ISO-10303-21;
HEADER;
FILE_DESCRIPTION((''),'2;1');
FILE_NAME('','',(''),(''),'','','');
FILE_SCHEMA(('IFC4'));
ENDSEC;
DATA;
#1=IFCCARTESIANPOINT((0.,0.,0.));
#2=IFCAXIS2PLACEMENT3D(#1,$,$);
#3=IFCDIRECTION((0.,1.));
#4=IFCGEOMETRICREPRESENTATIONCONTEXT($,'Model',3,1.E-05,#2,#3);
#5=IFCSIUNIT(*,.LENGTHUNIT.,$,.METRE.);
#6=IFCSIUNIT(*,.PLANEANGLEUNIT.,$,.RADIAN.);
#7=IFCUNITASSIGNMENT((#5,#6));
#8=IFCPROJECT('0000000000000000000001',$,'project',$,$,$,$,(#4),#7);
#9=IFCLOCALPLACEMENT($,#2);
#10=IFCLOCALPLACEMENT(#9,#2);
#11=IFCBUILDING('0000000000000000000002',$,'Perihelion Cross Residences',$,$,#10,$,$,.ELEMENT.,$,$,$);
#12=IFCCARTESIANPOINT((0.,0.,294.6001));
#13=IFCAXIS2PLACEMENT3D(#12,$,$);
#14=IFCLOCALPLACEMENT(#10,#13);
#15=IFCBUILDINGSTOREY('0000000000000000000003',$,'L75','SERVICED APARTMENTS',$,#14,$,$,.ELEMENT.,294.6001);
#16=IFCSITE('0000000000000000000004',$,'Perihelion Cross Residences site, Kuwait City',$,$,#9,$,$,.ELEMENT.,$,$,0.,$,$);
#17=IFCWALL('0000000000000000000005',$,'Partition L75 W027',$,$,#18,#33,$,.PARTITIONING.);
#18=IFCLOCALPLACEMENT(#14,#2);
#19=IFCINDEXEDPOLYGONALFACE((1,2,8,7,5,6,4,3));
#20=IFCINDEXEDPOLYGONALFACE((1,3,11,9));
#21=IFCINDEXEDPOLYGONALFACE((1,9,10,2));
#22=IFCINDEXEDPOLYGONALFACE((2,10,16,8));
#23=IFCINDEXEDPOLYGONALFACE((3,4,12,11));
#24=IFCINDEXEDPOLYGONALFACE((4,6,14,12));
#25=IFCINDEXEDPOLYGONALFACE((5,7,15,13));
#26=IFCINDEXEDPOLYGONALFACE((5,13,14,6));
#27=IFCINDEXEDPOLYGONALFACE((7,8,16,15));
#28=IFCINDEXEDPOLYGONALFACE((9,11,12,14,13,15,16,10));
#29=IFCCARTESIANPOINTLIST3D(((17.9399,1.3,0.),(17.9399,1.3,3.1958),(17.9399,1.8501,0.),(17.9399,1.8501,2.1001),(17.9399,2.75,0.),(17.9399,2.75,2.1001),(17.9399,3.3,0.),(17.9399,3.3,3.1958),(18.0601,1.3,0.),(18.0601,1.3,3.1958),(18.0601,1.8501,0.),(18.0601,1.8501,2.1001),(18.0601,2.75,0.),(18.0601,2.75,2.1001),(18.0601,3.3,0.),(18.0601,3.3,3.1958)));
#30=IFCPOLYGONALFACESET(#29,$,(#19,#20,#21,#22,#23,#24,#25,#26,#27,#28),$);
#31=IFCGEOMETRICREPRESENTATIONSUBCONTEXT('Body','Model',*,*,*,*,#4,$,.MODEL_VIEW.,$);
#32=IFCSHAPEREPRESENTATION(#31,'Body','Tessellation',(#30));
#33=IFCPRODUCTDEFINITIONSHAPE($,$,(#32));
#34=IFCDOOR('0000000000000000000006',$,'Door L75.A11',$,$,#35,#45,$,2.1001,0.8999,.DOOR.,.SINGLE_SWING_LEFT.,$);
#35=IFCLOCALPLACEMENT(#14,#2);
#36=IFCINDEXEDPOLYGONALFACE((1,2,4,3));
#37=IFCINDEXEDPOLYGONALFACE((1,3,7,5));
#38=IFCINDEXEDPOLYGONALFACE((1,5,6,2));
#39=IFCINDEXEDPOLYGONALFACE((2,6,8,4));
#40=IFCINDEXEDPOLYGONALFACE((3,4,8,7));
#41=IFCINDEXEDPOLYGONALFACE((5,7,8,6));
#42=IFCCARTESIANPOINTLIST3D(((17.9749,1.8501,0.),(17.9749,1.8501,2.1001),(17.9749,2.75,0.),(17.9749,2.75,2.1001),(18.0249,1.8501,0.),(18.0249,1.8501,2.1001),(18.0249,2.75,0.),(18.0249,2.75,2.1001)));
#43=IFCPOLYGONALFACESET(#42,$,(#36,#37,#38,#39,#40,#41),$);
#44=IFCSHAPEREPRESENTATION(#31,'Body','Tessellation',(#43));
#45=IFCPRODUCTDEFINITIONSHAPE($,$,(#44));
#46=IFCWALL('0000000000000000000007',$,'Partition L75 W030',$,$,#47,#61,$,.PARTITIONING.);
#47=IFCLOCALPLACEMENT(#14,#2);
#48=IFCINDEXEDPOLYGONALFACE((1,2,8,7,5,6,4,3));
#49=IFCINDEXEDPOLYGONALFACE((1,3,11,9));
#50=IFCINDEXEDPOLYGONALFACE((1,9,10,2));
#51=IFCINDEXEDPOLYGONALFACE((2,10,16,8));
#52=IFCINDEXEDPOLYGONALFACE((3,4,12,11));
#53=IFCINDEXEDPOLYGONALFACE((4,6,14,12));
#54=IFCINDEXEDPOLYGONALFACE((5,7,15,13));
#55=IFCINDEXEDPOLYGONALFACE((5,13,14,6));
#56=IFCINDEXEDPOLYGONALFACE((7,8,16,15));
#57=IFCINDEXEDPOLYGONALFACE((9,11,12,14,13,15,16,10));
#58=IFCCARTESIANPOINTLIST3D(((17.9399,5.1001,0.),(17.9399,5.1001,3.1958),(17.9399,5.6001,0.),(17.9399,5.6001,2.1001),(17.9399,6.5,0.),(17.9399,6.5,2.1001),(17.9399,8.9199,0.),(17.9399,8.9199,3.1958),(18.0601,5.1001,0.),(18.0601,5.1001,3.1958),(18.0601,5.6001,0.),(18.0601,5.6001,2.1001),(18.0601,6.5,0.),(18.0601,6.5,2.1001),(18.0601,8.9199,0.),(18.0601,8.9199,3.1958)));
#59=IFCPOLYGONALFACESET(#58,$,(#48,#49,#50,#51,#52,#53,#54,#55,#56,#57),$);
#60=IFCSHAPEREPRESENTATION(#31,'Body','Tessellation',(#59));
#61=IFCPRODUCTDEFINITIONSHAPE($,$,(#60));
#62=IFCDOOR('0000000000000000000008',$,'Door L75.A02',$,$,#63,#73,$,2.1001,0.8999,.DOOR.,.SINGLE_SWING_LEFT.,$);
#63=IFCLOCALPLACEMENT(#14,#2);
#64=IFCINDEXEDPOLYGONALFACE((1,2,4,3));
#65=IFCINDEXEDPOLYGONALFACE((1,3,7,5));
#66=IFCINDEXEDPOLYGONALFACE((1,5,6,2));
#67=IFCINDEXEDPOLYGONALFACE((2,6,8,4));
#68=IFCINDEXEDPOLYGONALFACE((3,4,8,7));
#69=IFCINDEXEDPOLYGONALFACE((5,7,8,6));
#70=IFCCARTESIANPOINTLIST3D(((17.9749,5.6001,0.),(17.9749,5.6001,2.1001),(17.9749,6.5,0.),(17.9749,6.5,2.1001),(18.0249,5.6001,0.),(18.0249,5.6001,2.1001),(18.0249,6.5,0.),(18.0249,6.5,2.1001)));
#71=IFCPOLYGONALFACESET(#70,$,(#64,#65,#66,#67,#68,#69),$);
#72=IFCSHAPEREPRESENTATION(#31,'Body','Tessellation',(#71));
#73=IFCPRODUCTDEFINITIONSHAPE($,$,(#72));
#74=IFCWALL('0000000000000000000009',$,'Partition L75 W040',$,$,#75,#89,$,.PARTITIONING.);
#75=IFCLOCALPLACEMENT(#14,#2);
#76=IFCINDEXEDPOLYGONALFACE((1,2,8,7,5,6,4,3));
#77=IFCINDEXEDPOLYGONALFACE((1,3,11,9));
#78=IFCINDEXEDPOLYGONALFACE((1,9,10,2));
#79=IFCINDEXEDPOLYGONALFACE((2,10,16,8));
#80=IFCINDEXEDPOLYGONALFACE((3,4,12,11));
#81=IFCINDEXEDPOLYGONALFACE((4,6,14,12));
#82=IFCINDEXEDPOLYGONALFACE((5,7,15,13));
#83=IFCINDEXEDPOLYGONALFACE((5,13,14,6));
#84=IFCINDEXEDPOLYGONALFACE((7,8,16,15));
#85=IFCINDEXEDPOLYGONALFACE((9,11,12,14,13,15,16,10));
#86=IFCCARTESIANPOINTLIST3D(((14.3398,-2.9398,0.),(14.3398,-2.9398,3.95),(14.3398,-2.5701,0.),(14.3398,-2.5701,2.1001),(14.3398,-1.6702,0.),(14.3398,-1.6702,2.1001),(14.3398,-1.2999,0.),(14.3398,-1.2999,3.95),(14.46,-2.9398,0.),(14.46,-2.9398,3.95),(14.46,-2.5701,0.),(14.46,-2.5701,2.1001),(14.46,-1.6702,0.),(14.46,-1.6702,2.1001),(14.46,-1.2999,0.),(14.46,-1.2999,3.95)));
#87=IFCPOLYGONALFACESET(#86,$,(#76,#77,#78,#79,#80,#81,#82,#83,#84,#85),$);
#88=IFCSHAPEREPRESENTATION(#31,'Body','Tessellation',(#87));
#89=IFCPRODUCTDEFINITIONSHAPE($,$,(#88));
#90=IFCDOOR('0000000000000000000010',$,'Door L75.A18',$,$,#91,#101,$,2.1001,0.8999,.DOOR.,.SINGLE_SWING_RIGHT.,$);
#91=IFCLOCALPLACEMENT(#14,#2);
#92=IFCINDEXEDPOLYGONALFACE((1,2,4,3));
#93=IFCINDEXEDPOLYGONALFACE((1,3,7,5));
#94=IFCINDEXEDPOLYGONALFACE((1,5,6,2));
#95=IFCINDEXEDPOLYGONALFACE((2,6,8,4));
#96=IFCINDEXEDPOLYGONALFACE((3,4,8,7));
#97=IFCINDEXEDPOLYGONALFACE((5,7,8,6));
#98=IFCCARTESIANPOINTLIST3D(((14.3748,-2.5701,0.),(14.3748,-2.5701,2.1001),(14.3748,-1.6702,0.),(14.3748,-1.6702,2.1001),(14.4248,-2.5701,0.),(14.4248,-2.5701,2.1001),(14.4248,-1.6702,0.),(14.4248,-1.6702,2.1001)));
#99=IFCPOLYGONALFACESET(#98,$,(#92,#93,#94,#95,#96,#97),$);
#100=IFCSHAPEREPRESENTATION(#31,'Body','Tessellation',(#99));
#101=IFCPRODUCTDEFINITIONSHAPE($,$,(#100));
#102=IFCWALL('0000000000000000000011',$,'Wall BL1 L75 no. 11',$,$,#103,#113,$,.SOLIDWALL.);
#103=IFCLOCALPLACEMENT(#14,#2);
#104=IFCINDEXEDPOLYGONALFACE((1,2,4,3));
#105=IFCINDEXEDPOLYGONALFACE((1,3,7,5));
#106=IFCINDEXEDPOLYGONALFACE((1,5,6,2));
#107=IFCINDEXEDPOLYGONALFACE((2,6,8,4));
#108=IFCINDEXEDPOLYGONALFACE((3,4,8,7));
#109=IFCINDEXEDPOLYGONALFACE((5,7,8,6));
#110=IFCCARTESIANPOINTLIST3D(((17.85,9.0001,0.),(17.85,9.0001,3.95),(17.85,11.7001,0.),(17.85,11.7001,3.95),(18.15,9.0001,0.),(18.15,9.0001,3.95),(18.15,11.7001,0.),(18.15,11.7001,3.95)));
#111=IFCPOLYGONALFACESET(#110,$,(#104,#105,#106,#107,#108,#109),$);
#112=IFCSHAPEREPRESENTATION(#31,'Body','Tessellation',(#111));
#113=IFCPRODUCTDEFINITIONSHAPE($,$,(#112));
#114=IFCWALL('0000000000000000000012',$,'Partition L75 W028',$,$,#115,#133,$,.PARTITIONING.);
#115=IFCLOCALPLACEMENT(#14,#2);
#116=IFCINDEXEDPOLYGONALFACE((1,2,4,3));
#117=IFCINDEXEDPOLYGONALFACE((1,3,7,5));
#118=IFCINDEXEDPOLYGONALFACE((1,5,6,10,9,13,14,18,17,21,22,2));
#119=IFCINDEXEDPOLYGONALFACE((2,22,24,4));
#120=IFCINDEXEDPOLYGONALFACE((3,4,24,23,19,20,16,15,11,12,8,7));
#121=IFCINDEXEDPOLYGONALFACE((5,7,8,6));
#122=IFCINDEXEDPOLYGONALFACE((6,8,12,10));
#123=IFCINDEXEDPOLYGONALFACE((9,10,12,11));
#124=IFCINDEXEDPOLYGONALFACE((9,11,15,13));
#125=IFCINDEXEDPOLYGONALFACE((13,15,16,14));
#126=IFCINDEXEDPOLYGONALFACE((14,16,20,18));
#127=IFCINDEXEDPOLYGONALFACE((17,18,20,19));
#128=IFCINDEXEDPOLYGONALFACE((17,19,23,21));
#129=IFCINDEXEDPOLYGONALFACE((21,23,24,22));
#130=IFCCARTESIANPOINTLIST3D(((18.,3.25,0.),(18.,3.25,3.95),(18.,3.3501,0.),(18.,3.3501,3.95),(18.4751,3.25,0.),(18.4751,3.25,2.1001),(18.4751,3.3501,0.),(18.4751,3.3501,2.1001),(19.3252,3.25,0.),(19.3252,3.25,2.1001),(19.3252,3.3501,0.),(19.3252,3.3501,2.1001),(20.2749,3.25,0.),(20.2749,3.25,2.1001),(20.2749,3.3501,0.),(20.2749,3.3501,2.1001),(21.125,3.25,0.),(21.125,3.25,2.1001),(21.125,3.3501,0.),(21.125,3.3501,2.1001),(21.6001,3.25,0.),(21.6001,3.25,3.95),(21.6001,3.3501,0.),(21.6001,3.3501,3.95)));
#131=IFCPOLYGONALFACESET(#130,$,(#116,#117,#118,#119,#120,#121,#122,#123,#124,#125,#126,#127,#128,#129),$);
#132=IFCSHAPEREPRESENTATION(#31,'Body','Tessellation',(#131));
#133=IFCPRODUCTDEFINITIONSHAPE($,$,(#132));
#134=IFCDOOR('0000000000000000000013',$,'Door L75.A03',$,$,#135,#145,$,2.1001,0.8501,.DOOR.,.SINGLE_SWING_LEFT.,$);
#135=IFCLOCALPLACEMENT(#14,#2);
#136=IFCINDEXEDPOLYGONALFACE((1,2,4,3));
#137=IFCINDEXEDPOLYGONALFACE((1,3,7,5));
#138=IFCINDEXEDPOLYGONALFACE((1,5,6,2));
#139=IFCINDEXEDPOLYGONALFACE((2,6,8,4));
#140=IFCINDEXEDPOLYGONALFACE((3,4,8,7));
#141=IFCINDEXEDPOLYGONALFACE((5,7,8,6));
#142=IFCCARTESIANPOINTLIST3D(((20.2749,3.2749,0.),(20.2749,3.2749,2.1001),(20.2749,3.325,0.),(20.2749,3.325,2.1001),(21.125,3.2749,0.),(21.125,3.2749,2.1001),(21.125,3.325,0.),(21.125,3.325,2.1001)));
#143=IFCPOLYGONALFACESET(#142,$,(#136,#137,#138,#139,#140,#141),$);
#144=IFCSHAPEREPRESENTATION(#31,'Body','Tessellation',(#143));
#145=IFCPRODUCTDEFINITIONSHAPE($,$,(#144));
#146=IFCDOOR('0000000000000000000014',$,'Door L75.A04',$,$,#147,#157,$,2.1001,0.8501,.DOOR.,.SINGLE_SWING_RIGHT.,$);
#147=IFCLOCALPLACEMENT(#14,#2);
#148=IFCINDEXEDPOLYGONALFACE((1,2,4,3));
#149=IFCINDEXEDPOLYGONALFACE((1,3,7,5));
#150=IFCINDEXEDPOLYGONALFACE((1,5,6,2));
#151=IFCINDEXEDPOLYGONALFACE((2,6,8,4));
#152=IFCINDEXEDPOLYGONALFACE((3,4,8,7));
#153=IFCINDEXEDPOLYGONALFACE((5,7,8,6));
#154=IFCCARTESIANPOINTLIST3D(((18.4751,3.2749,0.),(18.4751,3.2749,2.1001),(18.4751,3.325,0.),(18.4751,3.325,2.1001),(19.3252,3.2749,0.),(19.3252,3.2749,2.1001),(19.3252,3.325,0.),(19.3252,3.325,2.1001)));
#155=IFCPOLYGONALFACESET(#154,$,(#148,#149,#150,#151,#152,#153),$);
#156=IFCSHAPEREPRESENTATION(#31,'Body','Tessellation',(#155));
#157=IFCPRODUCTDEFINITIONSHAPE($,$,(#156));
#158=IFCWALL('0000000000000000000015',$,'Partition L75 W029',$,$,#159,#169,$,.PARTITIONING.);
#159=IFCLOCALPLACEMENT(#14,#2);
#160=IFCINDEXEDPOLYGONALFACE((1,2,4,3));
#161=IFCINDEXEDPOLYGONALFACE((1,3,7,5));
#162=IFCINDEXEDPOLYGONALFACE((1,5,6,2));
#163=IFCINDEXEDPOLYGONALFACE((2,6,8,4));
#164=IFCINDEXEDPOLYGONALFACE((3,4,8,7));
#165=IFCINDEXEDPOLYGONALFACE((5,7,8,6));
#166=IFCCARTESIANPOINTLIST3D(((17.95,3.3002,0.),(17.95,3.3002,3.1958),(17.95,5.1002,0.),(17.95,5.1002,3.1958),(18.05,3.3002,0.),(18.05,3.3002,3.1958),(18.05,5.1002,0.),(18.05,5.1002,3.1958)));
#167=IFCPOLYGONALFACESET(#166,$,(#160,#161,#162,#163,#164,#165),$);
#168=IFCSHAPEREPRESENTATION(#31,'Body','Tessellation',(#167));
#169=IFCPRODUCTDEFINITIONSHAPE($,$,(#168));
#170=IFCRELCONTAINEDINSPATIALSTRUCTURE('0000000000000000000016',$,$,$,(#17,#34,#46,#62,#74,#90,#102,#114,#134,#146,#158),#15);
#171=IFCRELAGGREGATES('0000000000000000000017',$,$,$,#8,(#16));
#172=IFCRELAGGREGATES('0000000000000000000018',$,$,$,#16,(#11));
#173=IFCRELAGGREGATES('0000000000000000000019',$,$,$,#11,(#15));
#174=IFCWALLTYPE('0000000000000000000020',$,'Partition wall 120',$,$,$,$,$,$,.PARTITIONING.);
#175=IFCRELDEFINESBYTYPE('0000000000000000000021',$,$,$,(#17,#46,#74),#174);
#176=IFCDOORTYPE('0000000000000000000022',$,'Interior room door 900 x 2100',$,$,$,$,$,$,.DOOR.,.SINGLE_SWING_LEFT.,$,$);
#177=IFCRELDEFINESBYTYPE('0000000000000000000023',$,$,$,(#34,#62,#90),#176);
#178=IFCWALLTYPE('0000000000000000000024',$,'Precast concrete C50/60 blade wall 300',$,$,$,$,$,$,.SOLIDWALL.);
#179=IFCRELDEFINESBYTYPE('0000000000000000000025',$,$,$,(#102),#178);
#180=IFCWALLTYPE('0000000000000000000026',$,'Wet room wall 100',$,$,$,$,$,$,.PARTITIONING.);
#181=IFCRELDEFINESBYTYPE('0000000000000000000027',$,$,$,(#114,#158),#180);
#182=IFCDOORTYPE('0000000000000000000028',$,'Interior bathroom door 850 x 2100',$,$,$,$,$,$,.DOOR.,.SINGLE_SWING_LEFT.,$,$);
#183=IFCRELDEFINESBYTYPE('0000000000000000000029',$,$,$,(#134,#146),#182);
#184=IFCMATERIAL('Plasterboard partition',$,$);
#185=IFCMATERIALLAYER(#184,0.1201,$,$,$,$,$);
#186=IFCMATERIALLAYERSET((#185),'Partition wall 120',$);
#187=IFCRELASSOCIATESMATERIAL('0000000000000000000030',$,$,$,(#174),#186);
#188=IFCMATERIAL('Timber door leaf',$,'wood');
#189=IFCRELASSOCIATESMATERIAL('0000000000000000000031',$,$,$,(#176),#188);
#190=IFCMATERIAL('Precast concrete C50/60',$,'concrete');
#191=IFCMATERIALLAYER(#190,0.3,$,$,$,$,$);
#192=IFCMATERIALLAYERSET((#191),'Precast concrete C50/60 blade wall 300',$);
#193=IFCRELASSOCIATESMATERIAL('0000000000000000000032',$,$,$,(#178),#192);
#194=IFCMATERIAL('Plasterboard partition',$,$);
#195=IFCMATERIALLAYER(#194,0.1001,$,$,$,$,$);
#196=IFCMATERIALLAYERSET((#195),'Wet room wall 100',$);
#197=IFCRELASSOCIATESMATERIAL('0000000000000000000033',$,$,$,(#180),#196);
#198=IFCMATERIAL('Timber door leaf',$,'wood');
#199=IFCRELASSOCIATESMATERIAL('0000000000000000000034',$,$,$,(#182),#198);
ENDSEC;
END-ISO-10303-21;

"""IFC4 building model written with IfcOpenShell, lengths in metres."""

from ifc_helpers import new_model, si_unit, direction, frame, frame_2d, origin, place, context, subcontext, project, spatial, rectangle, extrude, material, layer, layer_set, type_object, element, fill, save


model = new_model("IFC4")

# Units and contexts
model_context = context("Model", 3, precision=1e-05, world=origin(), true_north=direction((0.0, 1.0)))
body_context = subcontext(model_context, "Body", "Model", "MODEL_VIEW")
ifc_project = project(units=[si_unit("LENGTHUNIT", "METRE"), si_unit("PLANEANGLEUNIT", "RADIAN")], contexts=[model_context])

# Site, building, storey
site_placement = place(None, origin())
site = spatial("IfcSite", under=ifc_project, at=site_placement, Name="Perihelion Cross Residences site, Kuwait City", CompositionType="ELEMENT", RefElevation=0.0)
building_placement = place(site_placement, origin())
building = spatial("IfcBuilding", under=site, at=building_placement, Name="Perihelion Cross Residences", CompositionType="ELEMENT")
storey_placement = place(building_placement, frame((0.0, 0.0, 294.6001)))
storey = spatial("IfcBuildingStorey", under=building, at=storey_placement, Name="L75", Description="SERVICED APARTMENTS", CompositionType="ELEMENT", Elevation=294.6001)

# Walls, openings, doors
ifc_material_1 = material(Name="Plasterboard partition")
ifc_layer_1 = layer(ifc_material_1, 0.1201)
ifc_layer_set_1 = layer_set([ifc_layer_1], Name="Partition wall 120")
wall_type_1 = type_object("IfcWallType", Name="Partition wall 120", PredefinedType="PARTITIONING", material=ifc_layer_set_1)
ifc_material_2 = material(Name="Timber door leaf", Category="wood")
door_type_1 = type_object("IfcDoorType", Name="Interior room door 900 x 2100", OperationType="SINGLE_SWING_LEFT", PredefinedType="DOOR", material=ifc_material_2)
wall_1_placement = place(storey_placement, frame((18.0, 3.3, 0.0), z_axis=(0.0, 0.0, 1.0), x_axis=(0.0, -1.0, 0.0)))
wall_1 = element("IfcWall", 1, at=wall_1_placement, inside=storey, type_object=wall_type_1, Name="Partition L75 W027", PredefinedType="PARTITIONING", context=body_context, shape_type="SweptSolid", body=[
    extrude(rectangle(XDim=2.0, YDim=0.1201, at=frame_2d((1.0, 0.0))), origin(), (0.0, 0.0, 1.0), 3.1958),
])
opening_1_placement = place(wall_1_placement, frame((0.55, 0.0, 0.0)))
opening_1 = element("IfcOpeningElement", 2, at=opening_1_placement, cuts=wall_1, PredefinedType="OPENING", context=body_context, shape_type="SweptSolid", body=[
    extrude(rectangle(XDim=0.8999, YDim=2.1001, at=frame_2d((0.45, 1.05))), frame((0.0, 0.0701, 0.0), z_axis=(0.0, -1.0, 0.0), x_axis=(1.0, 0.0, 0.0)), (0.0, 0.0, 1.0), 0.1401),
])
door_1_placement = place(opening_1_placement, origin())
door_1 = element("IfcDoor", 3, at=door_1_placement, inside=storey, type_object=door_type_1, Name="Door L75.A11", OperationType="SINGLE_SWING_LEFT", OverallHeight=2.1001, OverallWidth=0.8999, PredefinedType="DOOR", context=body_context, shape_type="SweptSolid", body=[
    extrude(rectangle(XDim=0.8999, YDim=2.1001, at=frame_2d((0.45, 1.05))), frame((0.0, 0.0249, 0.0), z_axis=(0.0, -1.0, 0.0), x_axis=(1.0, 0.0, 0.0)), (0.0, 0.0, 1.0), 0.05),
])
fill(opening_1, door_1)
wall_2_placement = place(storey_placement, frame((18.0, 8.9199, 0.0), z_axis=(0.0, 0.0, 1.0), x_axis=(0.0, -1.0, 0.0)))
wall_2 = element("IfcWall", 4, at=wall_2_placement, inside=storey, type_object=wall_type_1, Name="Partition L75 W030", PredefinedType="PARTITIONING", context=body_context, shape_type="SweptSolid", body=[
    extrude(rectangle(XDim=3.8198, YDim=0.1201, at=frame_2d((1.9099, 0.0))), origin(), (0.0, 0.0, 1.0), 3.1958),
])
opening_2_placement = place(wall_2_placement, frame((2.4199, 0.0, 0.0)))
opening_2 = element("IfcOpeningElement", 5, at=opening_2_placement, cuts=wall_2, PredefinedType="OPENING", context=body_context, shape_type="SweptSolid", body=[
    extrude(rectangle(XDim=0.8999, YDim=2.1001, at=frame_2d((0.45, 1.05))), frame((0.0, 0.0701, 0.0), z_axis=(0.0, -1.0, 0.0), x_axis=(1.0, 0.0, 0.0)), (0.0, 0.0, 1.0), 0.1401),
])
door_2_placement = place(opening_2_placement, origin())
door_2 = element("IfcDoor", 6, at=door_2_placement, inside=storey, type_object=door_type_1, Name="Door L75.A02", OperationType="SINGLE_SWING_LEFT", OverallHeight=2.1001, OverallWidth=0.8999, PredefinedType="DOOR", context=body_context, shape_type="SweptSolid", body=[
    extrude(rectangle(XDim=0.8999, YDim=2.1001, at=frame_2d((0.45, 1.05))), frame((0.0, 0.0249, 0.0), z_axis=(0.0, -1.0, 0.0), x_axis=(1.0, 0.0, 0.0)), (0.0, 0.0, 1.0), 0.05),
])
fill(opening_2, door_2)
wall_3_placement = place(storey_placement, frame((14.3999, -1.3, 0.0), z_axis=(0.0, 0.0, 1.0), x_axis=(0.0, -1.0, 0.0)))
wall_3 = element("IfcWall", 7, at=wall_3_placement, inside=storey, type_object=wall_type_1, Name="Partition L75 W040", PredefinedType="PARTITIONING", context=body_context, shape_type="SweptSolid", body=[
    extrude(rectangle(XDim=1.6399, YDim=0.1201, at=frame_2d((0.8198, 0.0))), origin(), (0.0, 0.0, 1.0), 3.95),
])
opening_3_placement = place(wall_3_placement, frame((0.3701, 0.0, 0.0)))
opening_3 = element("IfcOpeningElement", 8, at=opening_3_placement, cuts=wall_3, PredefinedType="OPENING", context=body_context, shape_type="SweptSolid", body=[
    extrude(rectangle(XDim=0.8999, YDim=2.1001, at=frame_2d((0.45, 1.05))), frame((0.0, 0.0701, 0.0), z_axis=(0.0, -1.0, 0.0), x_axis=(1.0, 0.0, 0.0)), (0.0, 0.0, 1.0), 0.1401),
])
door_3_placement = place(opening_3_placement, origin())
door_3 = element("IfcDoor", 9, at=door_3_placement, inside=storey, type_object=door_type_1, Name="Door L75.A18", OperationType="SINGLE_SWING_RIGHT", OverallHeight=2.1001, OverallWidth=0.8999, PredefinedType="DOOR", context=body_context, shape_type="SweptSolid", body=[
    extrude(rectangle(XDim=0.8999, YDim=2.1001, at=frame_2d((0.45, 1.05))), frame((0.0, 0.0249, 0.0), z_axis=(0.0, -1.0, 0.0), x_axis=(1.0, 0.0, 0.0)), (0.0, 0.0, 1.0), 0.05),
])
fill(opening_3, door_3)

# Wall
ifc_material_3 = material(Name="Precast concrete C50/60", Category="concrete")
ifc_layer_2 = layer(ifc_material_3, 0.3)
ifc_layer_set_2 = layer_set([ifc_layer_2], Name="Precast concrete C50/60 blade wall 300")
wall_type_2 = type_object("IfcWallType", Name="Precast concrete C50/60 blade wall 300", PredefinedType="SOLIDWALL", material=ifc_layer_set_2)
wall_4_placement = place(storey_placement, frame((18.0, 9.0, 0.0), z_axis=(0.0, 0.0, 1.0), x_axis=(0.0, 1.0, 0.0)))
element("IfcWall", 10, at=wall_4_placement, inside=storey, type_object=wall_type_2, Name="Wall BL1 L75 no. 11", PredefinedType="SOLIDWALL", context=body_context, shape_type="SweptSolid", body=[
    extrude(rectangle(XDim=2.7, YDim=0.3, at=frame_2d((1.3501, 0.0))), origin(), (0.0, 0.0, 1.0), 3.95),
])

# Wall, openings, doors
ifc_material_4 = material(Name="Plasterboard partition")
ifc_layer_3 = layer(ifc_material_4, 0.1001)
ifc_layer_set_3 = layer_set([ifc_layer_3], Name="Wet room wall 100")
wall_type_3 = type_object("IfcWallType", Name="Wet room wall 100", PredefinedType="PARTITIONING", material=ifc_layer_set_3)
wall_5_placement = place(storey_placement, frame((18.0, 3.3, 0.0), z_axis=(0.0, 0.0, 1.0), x_axis=(1.0, 0.0, 0.0)))
wall_5 = element("IfcWall", 11, at=wall_5_placement, inside=storey, type_object=wall_type_3, Name="Partition L75 W028", PredefinedType="PARTITIONING", context=body_context, shape_type="SweptSolid", body=[
    extrude(rectangle(XDim=3.6001, YDim=0.1001, at=frame_2d((1.8, 0.0))), origin(), (0.0, 0.0, 1.0), 3.95),
])
opening_4_placement = place(wall_5_placement, frame((2.2749, 0.0, 0.0)))
opening_4 = element("IfcOpeningElement", 12, at=opening_4_placement, cuts=wall_5, PredefinedType="OPENING", context=body_context, shape_type="SweptSolid", body=[
    extrude(rectangle(XDim=0.8501, YDim=2.1001, at=frame_2d((0.425, 1.05))), frame((0.0, 0.0601, 0.0), z_axis=(0.0, -1.0, 0.0), x_axis=(1.0, 0.0, 0.0)), (0.0, 0.0, 1.0), 0.1201),
])
opening_5_placement = place(wall_5_placement, frame((0.4751, 0.0, 0.0)))
opening_5 = element("IfcOpeningElement", 13, at=opening_5_placement, cuts=wall_5, PredefinedType="OPENING", context=body_context, shape_type="SweptSolid", body=[
    extrude(rectangle(XDim=0.8501, YDim=2.1001, at=frame_2d((0.425, 1.05))), frame((0.0, 0.0601, 0.0), z_axis=(0.0, -1.0, 0.0), x_axis=(1.0, 0.0, 0.0)), (0.0, 0.0, 1.0), 0.1201),
])
ifc_material_5 = material(Name="Timber door leaf", Category="wood")
door_type_2 = type_object("IfcDoorType", Name="Interior bathroom door 850 x 2100", OperationType="SINGLE_SWING_LEFT", PredefinedType="DOOR", material=ifc_material_5)
door_4_placement = place(opening_4_placement, origin())
door_4 = element("IfcDoor", 14, at=door_4_placement, inside=storey, type_object=door_type_2, Name="Door L75.A03", OperationType="SINGLE_SWING_LEFT", OverallHeight=2.1001, OverallWidth=0.8501, PredefinedType="DOOR", context=body_context, shape_type="SweptSolid", body=[
    extrude(rectangle(XDim=0.8501, YDim=2.1001, at=frame_2d((0.425, 1.05))), frame((0.0, 0.0249, 0.0), z_axis=(0.0, -1.0, 0.0), x_axis=(1.0, 0.0, 0.0)), (0.0, 0.0, 1.0), 0.05),
])
fill(opening_4, door_4)
door_5_placement = place(opening_5_placement, origin())
door_5 = element("IfcDoor", 15, at=door_5_placement, inside=storey, type_object=door_type_2, Name="Door L75.A04", OperationType="SINGLE_SWING_RIGHT", OverallHeight=2.1001, OverallWidth=0.8501, PredefinedType="DOOR", context=body_context, shape_type="SweptSolid", body=[
    extrude(rectangle(XDim=0.8501, YDim=2.1001, at=frame_2d((0.425, 1.05))), frame((0.0, 0.0249, 0.0), z_axis=(0.0, -1.0, 0.0), x_axis=(1.0, 0.0, 0.0)), (0.0, 0.0, 1.0), 0.05),
])
fill(opening_5, door_5)

# Wall
wall_6_placement = place(storey_placement, frame((18.0, 5.1001, 0.0), z_axis=(0.0, 0.0, 1.0), x_axis=(0.0, -1.0, 0.0)))
element("IfcWall", 16, at=wall_6_placement, inside=storey, type_object=wall_type_3, Name="Partition L75 W029", PredefinedType="PARTITIONING", context=body_context, shape_type="SweptSolid", body=[
    extrude(rectangle(XDim=1.8, YDim=0.1001, at=frame_2d((0.8999, 0.0))), origin(), (0.0, 0.0, 1.0), 3.1958),
])

save(model, "model.ifc")
